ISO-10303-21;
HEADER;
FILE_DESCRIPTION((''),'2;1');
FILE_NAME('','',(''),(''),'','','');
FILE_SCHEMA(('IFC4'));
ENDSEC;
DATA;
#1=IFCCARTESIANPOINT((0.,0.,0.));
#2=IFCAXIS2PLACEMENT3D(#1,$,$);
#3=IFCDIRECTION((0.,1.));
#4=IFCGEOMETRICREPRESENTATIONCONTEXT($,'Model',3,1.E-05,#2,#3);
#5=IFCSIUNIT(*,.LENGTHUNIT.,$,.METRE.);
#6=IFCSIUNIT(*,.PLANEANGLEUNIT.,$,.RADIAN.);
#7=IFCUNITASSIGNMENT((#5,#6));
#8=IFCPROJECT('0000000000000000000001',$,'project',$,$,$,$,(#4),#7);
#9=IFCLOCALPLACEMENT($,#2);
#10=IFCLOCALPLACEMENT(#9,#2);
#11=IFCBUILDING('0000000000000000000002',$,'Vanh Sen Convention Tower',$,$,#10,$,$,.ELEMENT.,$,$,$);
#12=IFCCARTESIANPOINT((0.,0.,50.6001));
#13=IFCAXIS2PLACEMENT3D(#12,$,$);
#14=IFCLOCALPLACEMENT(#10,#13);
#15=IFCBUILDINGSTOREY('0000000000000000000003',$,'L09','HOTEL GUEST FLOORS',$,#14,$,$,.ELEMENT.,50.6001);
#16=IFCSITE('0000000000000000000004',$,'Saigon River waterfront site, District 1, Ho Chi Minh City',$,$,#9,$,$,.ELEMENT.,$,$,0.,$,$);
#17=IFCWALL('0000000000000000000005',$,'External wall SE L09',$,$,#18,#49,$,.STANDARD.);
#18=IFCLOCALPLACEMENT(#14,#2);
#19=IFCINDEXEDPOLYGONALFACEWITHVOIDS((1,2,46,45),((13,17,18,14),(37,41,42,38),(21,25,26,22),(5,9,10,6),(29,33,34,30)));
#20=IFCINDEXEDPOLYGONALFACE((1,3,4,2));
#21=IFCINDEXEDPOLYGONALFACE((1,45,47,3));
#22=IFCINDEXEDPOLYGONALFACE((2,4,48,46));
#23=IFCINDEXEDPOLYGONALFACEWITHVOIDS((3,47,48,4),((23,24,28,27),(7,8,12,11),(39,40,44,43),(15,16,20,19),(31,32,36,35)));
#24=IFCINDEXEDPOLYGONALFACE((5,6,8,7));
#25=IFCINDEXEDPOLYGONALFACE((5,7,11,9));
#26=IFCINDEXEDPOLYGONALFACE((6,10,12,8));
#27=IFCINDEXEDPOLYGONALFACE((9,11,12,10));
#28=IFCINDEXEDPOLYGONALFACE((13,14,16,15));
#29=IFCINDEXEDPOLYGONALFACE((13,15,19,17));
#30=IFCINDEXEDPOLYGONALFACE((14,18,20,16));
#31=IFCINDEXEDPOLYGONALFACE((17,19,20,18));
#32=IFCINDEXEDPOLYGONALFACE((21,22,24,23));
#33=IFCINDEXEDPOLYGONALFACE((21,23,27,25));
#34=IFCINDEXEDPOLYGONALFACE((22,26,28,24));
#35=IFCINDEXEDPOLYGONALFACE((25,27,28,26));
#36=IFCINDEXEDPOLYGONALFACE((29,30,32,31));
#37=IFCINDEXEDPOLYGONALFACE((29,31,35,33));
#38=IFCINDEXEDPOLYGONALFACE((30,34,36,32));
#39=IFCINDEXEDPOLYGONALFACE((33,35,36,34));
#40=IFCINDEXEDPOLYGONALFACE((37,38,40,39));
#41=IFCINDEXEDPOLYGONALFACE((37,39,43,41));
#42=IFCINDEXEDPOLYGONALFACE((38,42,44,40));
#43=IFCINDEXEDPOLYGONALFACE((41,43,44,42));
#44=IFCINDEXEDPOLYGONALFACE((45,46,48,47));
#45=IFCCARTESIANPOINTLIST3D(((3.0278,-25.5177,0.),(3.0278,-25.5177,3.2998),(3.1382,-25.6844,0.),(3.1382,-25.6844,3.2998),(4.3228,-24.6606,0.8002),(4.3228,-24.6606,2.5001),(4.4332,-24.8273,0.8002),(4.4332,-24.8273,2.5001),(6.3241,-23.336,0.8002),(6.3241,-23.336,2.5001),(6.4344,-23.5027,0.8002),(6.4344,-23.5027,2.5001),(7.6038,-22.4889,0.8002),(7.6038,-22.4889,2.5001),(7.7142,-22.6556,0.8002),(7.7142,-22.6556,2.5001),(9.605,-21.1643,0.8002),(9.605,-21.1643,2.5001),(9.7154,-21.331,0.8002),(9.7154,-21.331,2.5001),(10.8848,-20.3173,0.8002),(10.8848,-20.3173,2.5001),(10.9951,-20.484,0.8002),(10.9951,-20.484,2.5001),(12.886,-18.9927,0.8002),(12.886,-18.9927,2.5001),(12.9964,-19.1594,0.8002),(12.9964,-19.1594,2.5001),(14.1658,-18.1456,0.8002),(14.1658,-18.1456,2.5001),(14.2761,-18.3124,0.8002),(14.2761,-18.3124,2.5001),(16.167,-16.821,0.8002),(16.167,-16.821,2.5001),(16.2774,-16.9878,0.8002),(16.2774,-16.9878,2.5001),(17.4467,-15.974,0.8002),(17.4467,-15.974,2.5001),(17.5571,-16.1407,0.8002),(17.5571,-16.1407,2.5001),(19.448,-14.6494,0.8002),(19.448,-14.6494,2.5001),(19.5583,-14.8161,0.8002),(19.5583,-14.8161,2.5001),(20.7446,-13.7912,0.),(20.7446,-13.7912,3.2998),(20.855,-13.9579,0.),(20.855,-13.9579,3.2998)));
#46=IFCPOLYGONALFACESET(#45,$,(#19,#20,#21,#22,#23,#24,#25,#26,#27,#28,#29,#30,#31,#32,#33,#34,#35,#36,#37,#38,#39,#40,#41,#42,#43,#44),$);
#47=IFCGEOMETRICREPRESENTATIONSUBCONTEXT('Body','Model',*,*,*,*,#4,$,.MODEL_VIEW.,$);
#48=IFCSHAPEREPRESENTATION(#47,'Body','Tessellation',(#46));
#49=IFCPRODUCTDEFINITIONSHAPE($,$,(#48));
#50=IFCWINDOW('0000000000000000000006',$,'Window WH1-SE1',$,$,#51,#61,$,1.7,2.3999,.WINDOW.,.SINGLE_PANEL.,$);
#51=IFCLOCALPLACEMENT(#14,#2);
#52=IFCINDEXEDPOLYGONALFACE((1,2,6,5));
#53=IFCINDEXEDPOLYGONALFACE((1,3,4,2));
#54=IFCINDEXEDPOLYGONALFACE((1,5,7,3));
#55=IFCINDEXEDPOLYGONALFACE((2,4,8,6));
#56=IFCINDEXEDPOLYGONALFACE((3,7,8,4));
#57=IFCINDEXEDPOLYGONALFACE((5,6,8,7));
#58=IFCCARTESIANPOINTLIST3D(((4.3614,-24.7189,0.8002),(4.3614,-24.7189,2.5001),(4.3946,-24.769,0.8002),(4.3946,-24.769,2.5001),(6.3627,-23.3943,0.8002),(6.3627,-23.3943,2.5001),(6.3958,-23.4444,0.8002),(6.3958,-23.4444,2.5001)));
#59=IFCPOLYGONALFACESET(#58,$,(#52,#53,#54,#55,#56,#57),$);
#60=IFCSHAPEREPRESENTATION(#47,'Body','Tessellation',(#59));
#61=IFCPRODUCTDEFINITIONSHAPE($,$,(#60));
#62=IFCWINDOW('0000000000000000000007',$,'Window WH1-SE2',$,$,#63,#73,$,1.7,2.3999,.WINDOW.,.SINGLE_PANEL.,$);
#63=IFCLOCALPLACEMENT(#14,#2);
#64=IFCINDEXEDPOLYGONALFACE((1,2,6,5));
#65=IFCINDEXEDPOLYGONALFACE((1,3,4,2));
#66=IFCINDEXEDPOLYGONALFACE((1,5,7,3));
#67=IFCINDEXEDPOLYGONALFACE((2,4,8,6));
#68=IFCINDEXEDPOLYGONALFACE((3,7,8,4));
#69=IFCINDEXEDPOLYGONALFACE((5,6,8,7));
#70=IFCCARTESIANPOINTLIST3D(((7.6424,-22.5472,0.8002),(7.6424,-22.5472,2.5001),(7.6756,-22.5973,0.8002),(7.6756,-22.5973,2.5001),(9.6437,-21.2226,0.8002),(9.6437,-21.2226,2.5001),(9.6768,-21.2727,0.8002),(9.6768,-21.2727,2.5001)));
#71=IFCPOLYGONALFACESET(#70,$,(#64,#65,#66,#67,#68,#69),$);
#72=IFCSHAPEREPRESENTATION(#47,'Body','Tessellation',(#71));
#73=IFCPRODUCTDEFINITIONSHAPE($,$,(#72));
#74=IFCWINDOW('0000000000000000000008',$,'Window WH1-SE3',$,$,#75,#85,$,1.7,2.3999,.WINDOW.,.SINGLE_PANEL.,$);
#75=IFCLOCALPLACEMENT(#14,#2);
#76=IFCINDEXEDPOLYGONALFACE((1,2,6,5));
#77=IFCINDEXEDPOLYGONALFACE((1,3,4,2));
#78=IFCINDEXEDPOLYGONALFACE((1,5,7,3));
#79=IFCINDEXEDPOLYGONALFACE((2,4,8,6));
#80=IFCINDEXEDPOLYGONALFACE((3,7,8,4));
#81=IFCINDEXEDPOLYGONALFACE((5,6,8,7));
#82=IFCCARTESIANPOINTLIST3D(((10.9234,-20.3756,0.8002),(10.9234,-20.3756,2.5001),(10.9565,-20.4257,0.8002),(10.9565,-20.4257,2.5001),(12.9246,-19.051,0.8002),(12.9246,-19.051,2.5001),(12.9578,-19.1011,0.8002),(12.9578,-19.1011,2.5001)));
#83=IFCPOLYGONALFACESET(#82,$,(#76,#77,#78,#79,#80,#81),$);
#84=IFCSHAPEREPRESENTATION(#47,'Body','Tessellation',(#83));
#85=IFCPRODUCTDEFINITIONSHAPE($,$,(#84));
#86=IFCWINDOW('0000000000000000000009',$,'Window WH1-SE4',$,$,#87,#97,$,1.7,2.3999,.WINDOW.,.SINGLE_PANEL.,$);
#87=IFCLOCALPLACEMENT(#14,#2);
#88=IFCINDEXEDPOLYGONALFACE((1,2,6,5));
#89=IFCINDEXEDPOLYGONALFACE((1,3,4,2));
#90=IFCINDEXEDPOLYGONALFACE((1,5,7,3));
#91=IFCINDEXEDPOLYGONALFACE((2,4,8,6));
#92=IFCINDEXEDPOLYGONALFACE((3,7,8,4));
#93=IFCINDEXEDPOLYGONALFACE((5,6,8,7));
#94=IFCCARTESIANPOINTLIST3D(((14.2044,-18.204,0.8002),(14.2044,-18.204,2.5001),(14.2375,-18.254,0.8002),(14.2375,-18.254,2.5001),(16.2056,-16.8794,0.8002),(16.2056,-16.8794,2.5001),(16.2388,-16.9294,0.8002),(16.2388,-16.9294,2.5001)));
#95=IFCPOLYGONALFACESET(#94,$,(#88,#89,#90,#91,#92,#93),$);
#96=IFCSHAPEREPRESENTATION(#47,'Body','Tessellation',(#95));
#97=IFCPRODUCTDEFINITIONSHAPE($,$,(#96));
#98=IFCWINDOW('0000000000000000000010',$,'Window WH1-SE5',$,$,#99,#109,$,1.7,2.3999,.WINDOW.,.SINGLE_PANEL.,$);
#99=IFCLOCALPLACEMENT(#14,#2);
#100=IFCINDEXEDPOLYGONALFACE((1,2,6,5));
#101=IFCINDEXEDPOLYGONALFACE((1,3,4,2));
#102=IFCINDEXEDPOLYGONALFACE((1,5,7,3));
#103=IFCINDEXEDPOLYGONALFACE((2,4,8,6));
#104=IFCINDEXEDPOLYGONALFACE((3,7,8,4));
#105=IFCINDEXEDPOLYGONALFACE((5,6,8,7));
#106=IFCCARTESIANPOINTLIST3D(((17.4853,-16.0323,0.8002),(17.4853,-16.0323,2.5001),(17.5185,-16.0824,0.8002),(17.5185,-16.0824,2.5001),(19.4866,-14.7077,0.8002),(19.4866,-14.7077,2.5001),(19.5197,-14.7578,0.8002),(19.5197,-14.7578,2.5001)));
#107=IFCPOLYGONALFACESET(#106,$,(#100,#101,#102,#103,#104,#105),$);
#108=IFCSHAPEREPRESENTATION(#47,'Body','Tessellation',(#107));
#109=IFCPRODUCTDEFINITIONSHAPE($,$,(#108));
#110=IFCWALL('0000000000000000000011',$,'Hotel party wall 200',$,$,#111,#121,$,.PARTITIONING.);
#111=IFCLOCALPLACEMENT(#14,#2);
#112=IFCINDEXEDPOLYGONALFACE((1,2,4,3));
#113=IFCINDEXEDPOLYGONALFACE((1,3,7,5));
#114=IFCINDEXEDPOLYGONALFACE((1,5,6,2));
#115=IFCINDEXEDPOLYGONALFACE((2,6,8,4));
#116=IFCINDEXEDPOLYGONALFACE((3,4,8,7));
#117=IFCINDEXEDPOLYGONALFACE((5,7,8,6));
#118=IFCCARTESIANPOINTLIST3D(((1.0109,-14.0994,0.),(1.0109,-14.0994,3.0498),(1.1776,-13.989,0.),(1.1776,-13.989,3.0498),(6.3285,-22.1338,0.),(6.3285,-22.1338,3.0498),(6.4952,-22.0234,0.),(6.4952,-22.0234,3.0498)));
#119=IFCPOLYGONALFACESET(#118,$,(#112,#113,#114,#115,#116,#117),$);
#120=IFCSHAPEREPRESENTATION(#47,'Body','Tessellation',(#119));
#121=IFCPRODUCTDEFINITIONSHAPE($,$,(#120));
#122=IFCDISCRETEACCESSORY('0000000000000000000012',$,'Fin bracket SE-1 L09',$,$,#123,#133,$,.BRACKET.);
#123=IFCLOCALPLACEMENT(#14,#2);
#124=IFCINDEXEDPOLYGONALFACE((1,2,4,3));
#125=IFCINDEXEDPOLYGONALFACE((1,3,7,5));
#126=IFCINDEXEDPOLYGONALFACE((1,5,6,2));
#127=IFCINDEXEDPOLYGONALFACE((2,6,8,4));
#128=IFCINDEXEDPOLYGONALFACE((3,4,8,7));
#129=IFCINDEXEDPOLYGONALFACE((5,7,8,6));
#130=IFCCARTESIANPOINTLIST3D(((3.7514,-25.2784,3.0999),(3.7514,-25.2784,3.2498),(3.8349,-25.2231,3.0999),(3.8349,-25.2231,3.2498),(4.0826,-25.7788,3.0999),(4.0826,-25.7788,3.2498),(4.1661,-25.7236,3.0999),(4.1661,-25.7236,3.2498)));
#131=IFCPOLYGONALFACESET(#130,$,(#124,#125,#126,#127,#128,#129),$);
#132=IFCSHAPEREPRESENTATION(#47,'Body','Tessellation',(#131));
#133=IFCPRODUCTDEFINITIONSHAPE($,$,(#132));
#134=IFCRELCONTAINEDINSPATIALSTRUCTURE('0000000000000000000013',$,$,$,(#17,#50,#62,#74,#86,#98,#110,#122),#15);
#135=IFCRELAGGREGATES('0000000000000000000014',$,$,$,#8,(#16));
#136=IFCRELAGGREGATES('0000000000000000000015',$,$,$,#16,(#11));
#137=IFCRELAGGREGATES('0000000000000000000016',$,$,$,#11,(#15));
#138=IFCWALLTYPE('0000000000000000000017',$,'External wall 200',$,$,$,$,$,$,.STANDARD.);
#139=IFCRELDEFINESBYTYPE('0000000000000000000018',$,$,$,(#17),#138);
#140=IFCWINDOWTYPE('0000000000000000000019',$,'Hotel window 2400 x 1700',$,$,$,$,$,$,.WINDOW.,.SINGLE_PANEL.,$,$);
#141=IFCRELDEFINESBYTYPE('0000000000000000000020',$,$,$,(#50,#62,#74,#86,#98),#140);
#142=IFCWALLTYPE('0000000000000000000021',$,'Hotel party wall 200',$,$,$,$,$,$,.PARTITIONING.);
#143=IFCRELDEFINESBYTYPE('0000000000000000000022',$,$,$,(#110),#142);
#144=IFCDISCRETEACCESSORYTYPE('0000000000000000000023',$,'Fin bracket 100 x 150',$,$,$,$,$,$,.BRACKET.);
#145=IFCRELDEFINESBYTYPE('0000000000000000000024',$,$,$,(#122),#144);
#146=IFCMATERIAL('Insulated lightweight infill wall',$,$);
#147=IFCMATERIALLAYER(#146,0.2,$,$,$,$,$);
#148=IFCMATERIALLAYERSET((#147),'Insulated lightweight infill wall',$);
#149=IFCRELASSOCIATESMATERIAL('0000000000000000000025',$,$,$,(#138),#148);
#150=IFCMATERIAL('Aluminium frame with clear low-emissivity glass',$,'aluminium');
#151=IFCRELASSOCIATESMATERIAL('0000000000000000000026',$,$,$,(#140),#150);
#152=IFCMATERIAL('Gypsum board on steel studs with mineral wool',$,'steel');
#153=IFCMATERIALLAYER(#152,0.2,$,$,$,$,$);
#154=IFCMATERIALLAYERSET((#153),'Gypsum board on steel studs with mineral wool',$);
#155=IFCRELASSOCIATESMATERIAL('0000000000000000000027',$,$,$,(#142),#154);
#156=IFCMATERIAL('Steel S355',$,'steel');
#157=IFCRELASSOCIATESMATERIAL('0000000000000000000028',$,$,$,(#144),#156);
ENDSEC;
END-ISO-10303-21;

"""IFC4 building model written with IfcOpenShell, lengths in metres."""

from ifc_helpers import new_model, si_unit, direction, frame, frame_2d, origin, origin_2d, place, context, subcontext, project, spatial, rectangle, extrude, material, layer, layer_set, type_object, element, fill, save


model = new_model("IFC4")

# Units and contexts
model_context = context("Model", 3, precision=1e-05, world=origin(), true_north=direction((0.0, 1.0)))
body_context = subcontext(model_context, "Body", "Model", "MODEL_VIEW")
ifc_project = project(units=[si_unit("LENGTHUNIT", "METRE"), si_unit("PLANEANGLEUNIT", "RADIAN")], contexts=[model_context])

# Site, building, storey
site_placement = place(None, origin())
site = spatial("IfcSite", under=ifc_project, at=site_placement, Name="Saigon River waterfront site, District 1, Ho Chi Minh City", CompositionType="ELEMENT", RefElevation=0.0)
building_placement = place(site_placement, origin())
building = spatial("IfcBuilding", under=site, at=building_placement, Name="Vanh Sen Convention Tower", CompositionType="ELEMENT")
storey_placement = place(building_placement, frame((0.0, 0.0, 50.6001)))
storey = spatial("IfcBuildingStorey", under=building, at=storey_placement, Name="L09", Description="HOTEL GUEST FLOORS", CompositionType="ELEMENT", Elevation=50.6001)

# Shared definitions
ifc_material_1 = material(Name="Gypsum board on steel studs with mineral wool", Category="steel")

# Wall, openings, windows
ifc_material_2 = material(Name="Insulated lightweight infill wall")
ifc_layer_1 = layer(ifc_material_2, 0.2)
ifc_layer_set_1 = layer_set([ifc_layer_1], Name="Insulated lightweight infill wall")
wall_type_1 = type_object("IfcWallType", Name="External wall 200", PredefinedType="STANDARD", material=ifc_layer_set_1)
wall_1_placement = place(storey_placement, frame((3.083, -25.6011, 0.0), z_axis=(0.0, 0.0, 1.0), x_axis=(0.833884, 0.551939, 0.0)))
wall_1 = element("IfcWall", 1, at=wall_1_placement, inside=storey, type_object=wall_type_1, Name="External wall SE L09", PredefinedType="STANDARD", context=body_context, shape_type="SweptSolid", body=[
    extrude(rectangle(XDim=21.2461, YDim=0.2, at=frame_2d((10.623, 0.0))), origin(), (0.0, 0.0, 1.0), 3.2998),
])
opening_1_placement = place(wall_1_placement, frame((1.553, 0.0, 0.8)))
opening_1 = element("IfcOpeningElement", 2, at=opening_1_placement, cuts=wall_1, PredefinedType="OPENING", context=body_context, shape_type="SweptSolid", body=[
    extrude(rectangle(XDim=2.3999, YDim=1.7, at=frame_2d((1.2, 0.8501))), frame((0.0, 0.1099, 0.0), z_axis=(0.0, -1.0, 0.0), x_axis=(1.0, 0.0, 0.0)), (0.0, 0.0, 1.0), 0.22),
])
opening_2_placement = place(wall_1_placement, frame((5.4875, 0.0, 0.8)))
opening_2 = element("IfcOpeningElement", 3, at=opening_2_placement, cuts=wall_1, PredefinedType="OPENING", context=body_context, shape_type="SweptSolid", body=[
    extrude(rectangle(XDim=2.3999, YDim=1.7, at=frame_2d((1.2, 0.8501))), frame((0.0, 0.1099, 0.0), z_axis=(0.0, -1.0, 0.0), x_axis=(1.0, 0.0, 0.0)), (0.0, 0.0, 1.0), 0.22),
])
opening_3_placement = place(wall_1_placement, frame((9.4221, 0.0, 0.8)))
opening_3 = element("IfcOpeningElement", 4, at=opening_3_placement, cuts=wall_1, PredefinedType="OPENING", context=body_context, shape_type="SweptSolid", body=[
    extrude(rectangle(XDim=2.3999, YDim=1.7, at=frame_2d((1.2, 0.8501))), frame((0.0, 0.1099, 0.0), z_axis=(0.0, -1.0, 0.0), x_axis=(1.0, 0.0, 0.0)), (0.0, 0.0, 1.0), 0.22),
])
opening_4_placement = place(wall_1_placement, frame((13.3567, 0.0, 0.8)))
opening_4 = element("IfcOpeningElement", 5, at=opening_4_placement, cuts=wall_1, PredefinedType="OPENING", context=body_context, shape_type="SweptSolid", body=[
    extrude(rectangle(XDim=2.3999, YDim=1.7, at=frame_2d((1.2, 0.8501))), frame((0.0, 0.1099, 0.0), z_axis=(0.0, -1.0, 0.0), x_axis=(1.0, 0.0, 0.0)), (0.0, 0.0, 1.0), 0.22),
])
opening_5_placement = place(wall_1_placement, frame((17.2913, 0.0, 0.8)))
opening_5 = element("IfcOpeningElement", 6, at=opening_5_placement, cuts=wall_1, PredefinedType="OPENING", context=body_context, shape_type="SweptSolid", body=[
    extrude(rectangle(XDim=2.3999, YDim=1.7, at=frame_2d((1.2, 0.8501))), frame((0.0, 0.1099, 0.0), z_axis=(0.0, -1.0, 0.0), x_axis=(1.0, 0.0, 0.0)), (0.0, 0.0, 1.0), 0.22),
])
ifc_material_3 = material(Name="Aluminium frame with clear low-emissivity glass", Category="aluminium")
window_type = type_object("IfcWindowType", Name="Hotel window 2400 x 1700", PartitioningType="SINGLE_PANEL", PredefinedType="WINDOW", material=ifc_material_3)
window_1_placement = place(opening_1_placement, origin())
window_1 = element("IfcWindow", 7, at=window_1_placement, inside=storey, type_object=window_type, Name="Window WH1-SE1", OverallHeight=1.7, OverallWidth=2.3999, PartitioningType="SINGLE_PANEL", PredefinedType="WINDOW", context=body_context, shape_type="SweptSolid", body=[
    extrude(rectangle(XDim=2.3999, YDim=1.7, at=frame_2d((1.2, 0.8501))), frame((0.0, 0.03, 0.0), z_axis=(0.0, -1.0, 0.0), x_axis=(1.0, 0.0, 0.0)), (0.0, 0.0, 1.0), 0.0601),
])
fill(opening_1, window_1)
window_2_placement = place(opening_2_placement, origin())
window_2 = element("IfcWindow", 8, at=window_2_placement, inside=storey, type_object=window_type, Name="Window WH1-SE2", OverallHeight=1.7, OverallWidth=2.3999, PartitioningType="SINGLE_PANEL", PredefinedType="WINDOW", context=body_context, shape_type="SweptSolid", body=[
    extrude(rectangle(XDim=2.3999, YDim=1.7, at=frame_2d((1.2, 0.8501))), frame((0.0, 0.03, 0.0), z_axis=(0.0, -1.0, 0.0), x_axis=(1.0, 0.0, 0.0)), (0.0, 0.0, 1.0), 0.0601),
])
fill(opening_2, window_2)
window_3_placement = place(opening_3_placement, origin())
window_3 = element("IfcWindow", 9, at=window_3_placement, inside=storey, type_object=window_type, Name="Window WH1-SE3", OverallHeight=1.7, OverallWidth=2.3999, PartitioningType="SINGLE_PANEL", PredefinedType="WINDOW", context=body_context, shape_type="SweptSolid", body=[
    extrude(rectangle(XDim=2.3999, YDim=1.7, at=frame_2d((1.2, 0.8501))), frame((0.0, 0.03, 0.0), z_axis=(0.0, -1.0, 0.0), x_axis=(1.0, 0.0, 0.0)), (0.0, 0.0, 1.0), 0.0601),
])
fill(opening_3, window_3)
window_4_placement = place(opening_4_placement, origin())
window_4 = element("IfcWindow", 10, at=window_4_placement, inside=storey, type_object=window_type, Name="Window WH1-SE4", OverallHeight=1.7, OverallWidth=2.3999, PartitioningType="SINGLE_PANEL", PredefinedType="WINDOW", context=body_context, shape_type="SweptSolid", body=[
    extrude(rectangle(XDim=2.3999, YDim=1.7, at=frame_2d((1.2, 0.8501))), frame((0.0, 0.03, 0.0), z_axis=(0.0, -1.0, 0.0), x_axis=(1.0, 0.0, 0.0)), (0.0, 0.0, 1.0), 0.0601),
])
fill(opening_4, window_4)
window_5_placement = place(opening_5_placement, origin())
window_5 = element("IfcWindow", 11, at=window_5_placement, inside=storey, type_object=window_type, Name="Window WH1-SE5", OverallHeight=1.7, OverallWidth=2.3999, PartitioningType="SINGLE_PANEL", PredefinedType="WINDOW", context=body_context, shape_type="SweptSolid", body=[
    extrude(rectangle(XDim=2.3999, YDim=1.7, at=frame_2d((1.2, 0.8501))), frame((0.0, 0.03, 0.0), z_axis=(0.0, -1.0, 0.0), x_axis=(1.0, 0.0, 0.0)), (0.0, 0.0, 1.0), 0.0601),
])
fill(opening_5, window_5)

# Wall
ifc_layer_2 = layer(ifc_material_1, 0.2)
ifc_layer_set_2 = layer_set([ifc_layer_2], Name="Gypsum board on steel studs with mineral wool")
wall_type_2 = type_object("IfcWallType", Name="Hotel party wall 200", PredefinedType="PARTITIONING", material=ifc_layer_set_2)
wall_2_placement = place(storey_placement, frame((6.4119, -22.0786, 0.0), z_axis=(0.0, 0.0, 1.0), x_axis=(-0.55192, 0.833897, 0.0)))
element("IfcWall", 12, at=wall_2_placement, inside=storey, type_object=wall_type_2, Name="Hotel party wall 200", PredefinedType="PARTITIONING", context=body_context, shape_type="SweptSolid", body=[
    extrude(rectangle(XDim=9.6348, YDim=0.2, at=frame_2d((4.8174, 0.0))), origin(), (0.0, 0.0, 1.0), 3.0498),
])

# Discrete accessory
ifc_material_4 = material(Name="Steel S355", Category="steel")
discrete_accessory_type = type_object("IfcDiscreteAccessoryType", Name="Fin bracket 100 x 150", PredefinedType="BRACKET", material=ifc_material_4)
discrete_accessory_placement = place(storey_placement, frame((3.9587, -25.501, 3.0999), z_axis=(0.0, 0.0, 1.0), x_axis=(0.551937, -0.833886, 0.0)))
element("IfcDiscreteAccessory", 13, at=discrete_accessory_placement, inside=storey, type_object=discrete_accessory_type, Name="Fin bracket SE-1 L09", PredefinedType="BRACKET", context=body_context, shape_type="SweptSolid", body=[
    extrude(rectangle(XDim=0.6001, YDim=0.1001, at=origin_2d()), origin(), (0.0, 0.0, 1.0), 0.1499),
])

save(model, "model.ifc")
